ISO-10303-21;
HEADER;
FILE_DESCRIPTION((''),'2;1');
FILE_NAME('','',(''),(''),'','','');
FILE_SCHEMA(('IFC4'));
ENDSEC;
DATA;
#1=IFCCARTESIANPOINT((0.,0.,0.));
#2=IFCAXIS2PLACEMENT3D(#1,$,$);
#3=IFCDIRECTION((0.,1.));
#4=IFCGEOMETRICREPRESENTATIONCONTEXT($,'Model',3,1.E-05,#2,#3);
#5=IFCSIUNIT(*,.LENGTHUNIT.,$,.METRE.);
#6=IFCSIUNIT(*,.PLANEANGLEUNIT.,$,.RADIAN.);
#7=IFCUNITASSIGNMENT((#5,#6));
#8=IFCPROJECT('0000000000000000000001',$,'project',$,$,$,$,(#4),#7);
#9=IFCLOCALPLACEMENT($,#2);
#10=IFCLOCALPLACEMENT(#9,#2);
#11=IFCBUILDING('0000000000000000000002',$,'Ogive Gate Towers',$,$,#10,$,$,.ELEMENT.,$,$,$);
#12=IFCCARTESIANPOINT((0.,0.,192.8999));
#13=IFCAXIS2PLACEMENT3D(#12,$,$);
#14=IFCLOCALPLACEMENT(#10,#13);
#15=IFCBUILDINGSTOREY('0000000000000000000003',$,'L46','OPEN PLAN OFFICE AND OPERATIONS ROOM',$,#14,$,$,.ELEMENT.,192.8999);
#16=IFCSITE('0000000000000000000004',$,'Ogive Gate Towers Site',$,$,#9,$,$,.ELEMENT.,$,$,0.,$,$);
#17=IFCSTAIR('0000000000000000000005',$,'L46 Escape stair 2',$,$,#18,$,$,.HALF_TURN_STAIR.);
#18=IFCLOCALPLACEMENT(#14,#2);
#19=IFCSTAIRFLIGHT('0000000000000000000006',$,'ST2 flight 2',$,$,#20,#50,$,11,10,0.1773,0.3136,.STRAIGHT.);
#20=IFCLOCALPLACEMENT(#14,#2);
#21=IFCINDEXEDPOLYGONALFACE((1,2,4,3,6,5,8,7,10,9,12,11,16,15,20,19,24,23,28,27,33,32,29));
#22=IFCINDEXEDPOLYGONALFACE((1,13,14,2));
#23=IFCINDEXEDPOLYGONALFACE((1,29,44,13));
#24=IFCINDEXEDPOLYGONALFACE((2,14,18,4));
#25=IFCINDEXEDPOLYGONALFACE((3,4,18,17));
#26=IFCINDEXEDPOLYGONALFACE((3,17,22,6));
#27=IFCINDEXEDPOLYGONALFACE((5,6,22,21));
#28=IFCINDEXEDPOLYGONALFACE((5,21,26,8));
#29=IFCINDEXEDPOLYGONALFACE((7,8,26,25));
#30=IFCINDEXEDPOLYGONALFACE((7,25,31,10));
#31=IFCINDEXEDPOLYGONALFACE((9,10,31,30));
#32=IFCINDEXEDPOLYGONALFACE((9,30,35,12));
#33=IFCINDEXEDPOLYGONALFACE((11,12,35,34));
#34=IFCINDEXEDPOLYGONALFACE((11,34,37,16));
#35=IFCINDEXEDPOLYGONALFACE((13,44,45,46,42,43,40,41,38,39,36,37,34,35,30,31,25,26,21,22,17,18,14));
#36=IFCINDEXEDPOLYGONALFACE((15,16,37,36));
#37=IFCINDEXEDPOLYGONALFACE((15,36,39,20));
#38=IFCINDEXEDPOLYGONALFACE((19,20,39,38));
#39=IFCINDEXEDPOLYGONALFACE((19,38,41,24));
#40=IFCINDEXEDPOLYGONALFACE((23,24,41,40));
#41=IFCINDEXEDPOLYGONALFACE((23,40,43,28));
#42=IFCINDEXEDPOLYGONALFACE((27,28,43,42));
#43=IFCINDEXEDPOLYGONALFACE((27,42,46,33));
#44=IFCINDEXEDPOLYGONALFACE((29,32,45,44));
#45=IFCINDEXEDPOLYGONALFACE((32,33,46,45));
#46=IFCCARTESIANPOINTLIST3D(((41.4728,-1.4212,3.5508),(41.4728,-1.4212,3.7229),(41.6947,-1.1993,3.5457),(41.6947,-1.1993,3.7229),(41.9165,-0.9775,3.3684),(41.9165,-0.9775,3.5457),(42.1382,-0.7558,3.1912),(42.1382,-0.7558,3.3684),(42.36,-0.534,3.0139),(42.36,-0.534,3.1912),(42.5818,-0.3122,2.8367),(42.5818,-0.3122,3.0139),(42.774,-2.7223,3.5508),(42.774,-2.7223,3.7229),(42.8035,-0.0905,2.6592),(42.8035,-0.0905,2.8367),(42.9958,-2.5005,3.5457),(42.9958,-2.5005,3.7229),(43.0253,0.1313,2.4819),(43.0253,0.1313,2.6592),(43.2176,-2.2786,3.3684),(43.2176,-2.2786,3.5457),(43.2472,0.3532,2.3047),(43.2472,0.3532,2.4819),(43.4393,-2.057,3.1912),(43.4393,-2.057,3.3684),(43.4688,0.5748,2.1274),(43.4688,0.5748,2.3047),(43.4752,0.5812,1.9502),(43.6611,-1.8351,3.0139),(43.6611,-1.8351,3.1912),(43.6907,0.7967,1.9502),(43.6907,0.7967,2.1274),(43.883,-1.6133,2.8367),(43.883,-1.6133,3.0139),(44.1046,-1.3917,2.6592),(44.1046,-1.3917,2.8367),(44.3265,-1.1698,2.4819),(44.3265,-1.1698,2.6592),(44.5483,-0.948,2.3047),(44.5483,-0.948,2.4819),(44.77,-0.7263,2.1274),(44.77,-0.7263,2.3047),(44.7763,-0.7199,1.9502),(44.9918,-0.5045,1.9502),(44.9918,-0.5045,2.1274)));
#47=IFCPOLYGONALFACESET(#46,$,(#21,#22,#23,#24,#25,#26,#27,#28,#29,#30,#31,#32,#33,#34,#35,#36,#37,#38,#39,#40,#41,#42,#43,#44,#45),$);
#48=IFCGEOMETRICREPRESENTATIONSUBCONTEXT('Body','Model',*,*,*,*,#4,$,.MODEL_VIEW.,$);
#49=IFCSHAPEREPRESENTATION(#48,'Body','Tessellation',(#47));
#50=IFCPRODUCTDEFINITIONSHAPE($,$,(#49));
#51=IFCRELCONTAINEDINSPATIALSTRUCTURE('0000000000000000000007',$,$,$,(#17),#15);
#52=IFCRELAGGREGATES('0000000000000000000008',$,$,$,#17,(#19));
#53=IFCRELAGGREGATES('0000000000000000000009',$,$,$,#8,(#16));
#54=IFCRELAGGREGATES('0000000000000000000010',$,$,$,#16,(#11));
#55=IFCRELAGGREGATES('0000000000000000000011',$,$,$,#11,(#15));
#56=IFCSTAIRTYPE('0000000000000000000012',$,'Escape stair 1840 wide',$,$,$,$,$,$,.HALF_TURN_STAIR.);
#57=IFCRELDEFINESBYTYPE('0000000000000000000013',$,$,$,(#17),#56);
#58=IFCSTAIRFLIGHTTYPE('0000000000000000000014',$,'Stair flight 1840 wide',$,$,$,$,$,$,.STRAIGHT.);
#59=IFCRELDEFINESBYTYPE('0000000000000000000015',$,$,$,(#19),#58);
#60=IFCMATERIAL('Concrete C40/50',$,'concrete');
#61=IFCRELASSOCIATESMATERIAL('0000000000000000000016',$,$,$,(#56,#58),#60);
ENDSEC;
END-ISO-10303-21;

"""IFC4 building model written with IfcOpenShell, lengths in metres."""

from ifc_helpers import new_model, si_unit, direction, frame, origin, place, context, subcontext, project, spatial, polyline, outline, extrude, material, type_object, element, aggregate, save


model = new_model("IFC4")

# Units and contexts
model_context = context("Model", 3, precision=1e-05, world=origin(), true_north=direction((0.0, 1.0)))
body_context = subcontext(model_context, "Body", "Model", "MODEL_VIEW")
ifc_project = project(units=[si_unit("LENGTHUNIT", "METRE"), si_unit("PLANEANGLEUNIT", "RADIAN")], contexts=[model_context])

# Site, building, storey
site_placement = place(None, origin())
site = spatial("IfcSite", under=ifc_project, at=site_placement, Name="Ogive Gate Towers Site", CompositionType="ELEMENT", RefElevation=0.0)
building_placement = place(site_placement, origin())
building = spatial("IfcBuilding", under=site, at=building_placement, Name="Ogive Gate Towers", CompositionType="ELEMENT")
storey_placement = place(building_placement, frame((0.0, 0.0, 192.8999)))
storey = spatial("IfcBuildingStorey", under=building, at=storey_placement, Name="L46", Description="OPEN PLAN OFFICE AND OPERATIONS ROOM", CompositionType="ELEMENT", Elevation=192.8999)

# Shared definitions
ifc_material_1 = material(Name="Concrete C40/50", Category="concrete")

# Stair, stair flight
stair_type = type_object("IfcStairType", Name="Escape stair 1840 wide", PredefinedType="HALF_TURN_STAIR", material=ifc_material_1)
stair_placement = place(storey_placement, origin())
stair = element("IfcStair", 1, at=stair_placement, inside=storey, type_object=stair_type, Name="L46 Escape stair 2", PredefinedType="HALF_TURN_STAIR")
stair_flight_type = type_object("IfcStairFlightType", Name="Stair flight 1840 wide", PredefinedType="STRAIGHT", material=ifc_material_1)
stair_flight_placement = place(storey_placement, frame((44.3413, 0.146, 1.9502), z_axis=(0.0, 0.0, 1.0), x_axis=(-0.707107, -0.707107, 0.0)))
stair_flight = element("IfcStairFlight", 2, at=stair_flight_placement, type_object=stair_flight_type, Name="ST2 flight 2", NumberOfRisers=11, NumberOfTreads=10, PredefinedType="STRAIGHT", RiserHeight=0.1773, TreadLength=0.3136, context=body_context, shape_type="SweptSolid", body=[
    extrude(outline(polyline([(0.0, 0.0), (0.0, 0.1772), (0.3137, 0.1772), (0.3137, 0.3545), (0.6272, 0.3545), (0.6272, 0.5317), (0.9409, 0.5317), (0.9409, 0.709), (1.2546, 0.709), (1.2546, 0.8865), (1.5681, 0.8865), (1.5681, 1.0637), (1.8818, 1.0637), (1.8818, 1.241), (2.1956, 1.241), (2.1956, 1.4182), (2.509, 1.4182), (2.509, 1.5955), (2.8228, 1.5955), (2.8228, 1.7727), (3.1365, 1.7727), (3.1365, 1.95), (3.1365, 1.6006), (0.3047, 0.0), (0.0, 0.0)])), frame((0.0, 0.9199, 0.0), z_axis=(0.0, -1.0, 0.0), x_axis=(1.0, 0.0, 0.0)), (0.0, 0.0, 1.0), 1.8401),
])
aggregate(stair, [stair_flight])

save(model, "model.ifc")
